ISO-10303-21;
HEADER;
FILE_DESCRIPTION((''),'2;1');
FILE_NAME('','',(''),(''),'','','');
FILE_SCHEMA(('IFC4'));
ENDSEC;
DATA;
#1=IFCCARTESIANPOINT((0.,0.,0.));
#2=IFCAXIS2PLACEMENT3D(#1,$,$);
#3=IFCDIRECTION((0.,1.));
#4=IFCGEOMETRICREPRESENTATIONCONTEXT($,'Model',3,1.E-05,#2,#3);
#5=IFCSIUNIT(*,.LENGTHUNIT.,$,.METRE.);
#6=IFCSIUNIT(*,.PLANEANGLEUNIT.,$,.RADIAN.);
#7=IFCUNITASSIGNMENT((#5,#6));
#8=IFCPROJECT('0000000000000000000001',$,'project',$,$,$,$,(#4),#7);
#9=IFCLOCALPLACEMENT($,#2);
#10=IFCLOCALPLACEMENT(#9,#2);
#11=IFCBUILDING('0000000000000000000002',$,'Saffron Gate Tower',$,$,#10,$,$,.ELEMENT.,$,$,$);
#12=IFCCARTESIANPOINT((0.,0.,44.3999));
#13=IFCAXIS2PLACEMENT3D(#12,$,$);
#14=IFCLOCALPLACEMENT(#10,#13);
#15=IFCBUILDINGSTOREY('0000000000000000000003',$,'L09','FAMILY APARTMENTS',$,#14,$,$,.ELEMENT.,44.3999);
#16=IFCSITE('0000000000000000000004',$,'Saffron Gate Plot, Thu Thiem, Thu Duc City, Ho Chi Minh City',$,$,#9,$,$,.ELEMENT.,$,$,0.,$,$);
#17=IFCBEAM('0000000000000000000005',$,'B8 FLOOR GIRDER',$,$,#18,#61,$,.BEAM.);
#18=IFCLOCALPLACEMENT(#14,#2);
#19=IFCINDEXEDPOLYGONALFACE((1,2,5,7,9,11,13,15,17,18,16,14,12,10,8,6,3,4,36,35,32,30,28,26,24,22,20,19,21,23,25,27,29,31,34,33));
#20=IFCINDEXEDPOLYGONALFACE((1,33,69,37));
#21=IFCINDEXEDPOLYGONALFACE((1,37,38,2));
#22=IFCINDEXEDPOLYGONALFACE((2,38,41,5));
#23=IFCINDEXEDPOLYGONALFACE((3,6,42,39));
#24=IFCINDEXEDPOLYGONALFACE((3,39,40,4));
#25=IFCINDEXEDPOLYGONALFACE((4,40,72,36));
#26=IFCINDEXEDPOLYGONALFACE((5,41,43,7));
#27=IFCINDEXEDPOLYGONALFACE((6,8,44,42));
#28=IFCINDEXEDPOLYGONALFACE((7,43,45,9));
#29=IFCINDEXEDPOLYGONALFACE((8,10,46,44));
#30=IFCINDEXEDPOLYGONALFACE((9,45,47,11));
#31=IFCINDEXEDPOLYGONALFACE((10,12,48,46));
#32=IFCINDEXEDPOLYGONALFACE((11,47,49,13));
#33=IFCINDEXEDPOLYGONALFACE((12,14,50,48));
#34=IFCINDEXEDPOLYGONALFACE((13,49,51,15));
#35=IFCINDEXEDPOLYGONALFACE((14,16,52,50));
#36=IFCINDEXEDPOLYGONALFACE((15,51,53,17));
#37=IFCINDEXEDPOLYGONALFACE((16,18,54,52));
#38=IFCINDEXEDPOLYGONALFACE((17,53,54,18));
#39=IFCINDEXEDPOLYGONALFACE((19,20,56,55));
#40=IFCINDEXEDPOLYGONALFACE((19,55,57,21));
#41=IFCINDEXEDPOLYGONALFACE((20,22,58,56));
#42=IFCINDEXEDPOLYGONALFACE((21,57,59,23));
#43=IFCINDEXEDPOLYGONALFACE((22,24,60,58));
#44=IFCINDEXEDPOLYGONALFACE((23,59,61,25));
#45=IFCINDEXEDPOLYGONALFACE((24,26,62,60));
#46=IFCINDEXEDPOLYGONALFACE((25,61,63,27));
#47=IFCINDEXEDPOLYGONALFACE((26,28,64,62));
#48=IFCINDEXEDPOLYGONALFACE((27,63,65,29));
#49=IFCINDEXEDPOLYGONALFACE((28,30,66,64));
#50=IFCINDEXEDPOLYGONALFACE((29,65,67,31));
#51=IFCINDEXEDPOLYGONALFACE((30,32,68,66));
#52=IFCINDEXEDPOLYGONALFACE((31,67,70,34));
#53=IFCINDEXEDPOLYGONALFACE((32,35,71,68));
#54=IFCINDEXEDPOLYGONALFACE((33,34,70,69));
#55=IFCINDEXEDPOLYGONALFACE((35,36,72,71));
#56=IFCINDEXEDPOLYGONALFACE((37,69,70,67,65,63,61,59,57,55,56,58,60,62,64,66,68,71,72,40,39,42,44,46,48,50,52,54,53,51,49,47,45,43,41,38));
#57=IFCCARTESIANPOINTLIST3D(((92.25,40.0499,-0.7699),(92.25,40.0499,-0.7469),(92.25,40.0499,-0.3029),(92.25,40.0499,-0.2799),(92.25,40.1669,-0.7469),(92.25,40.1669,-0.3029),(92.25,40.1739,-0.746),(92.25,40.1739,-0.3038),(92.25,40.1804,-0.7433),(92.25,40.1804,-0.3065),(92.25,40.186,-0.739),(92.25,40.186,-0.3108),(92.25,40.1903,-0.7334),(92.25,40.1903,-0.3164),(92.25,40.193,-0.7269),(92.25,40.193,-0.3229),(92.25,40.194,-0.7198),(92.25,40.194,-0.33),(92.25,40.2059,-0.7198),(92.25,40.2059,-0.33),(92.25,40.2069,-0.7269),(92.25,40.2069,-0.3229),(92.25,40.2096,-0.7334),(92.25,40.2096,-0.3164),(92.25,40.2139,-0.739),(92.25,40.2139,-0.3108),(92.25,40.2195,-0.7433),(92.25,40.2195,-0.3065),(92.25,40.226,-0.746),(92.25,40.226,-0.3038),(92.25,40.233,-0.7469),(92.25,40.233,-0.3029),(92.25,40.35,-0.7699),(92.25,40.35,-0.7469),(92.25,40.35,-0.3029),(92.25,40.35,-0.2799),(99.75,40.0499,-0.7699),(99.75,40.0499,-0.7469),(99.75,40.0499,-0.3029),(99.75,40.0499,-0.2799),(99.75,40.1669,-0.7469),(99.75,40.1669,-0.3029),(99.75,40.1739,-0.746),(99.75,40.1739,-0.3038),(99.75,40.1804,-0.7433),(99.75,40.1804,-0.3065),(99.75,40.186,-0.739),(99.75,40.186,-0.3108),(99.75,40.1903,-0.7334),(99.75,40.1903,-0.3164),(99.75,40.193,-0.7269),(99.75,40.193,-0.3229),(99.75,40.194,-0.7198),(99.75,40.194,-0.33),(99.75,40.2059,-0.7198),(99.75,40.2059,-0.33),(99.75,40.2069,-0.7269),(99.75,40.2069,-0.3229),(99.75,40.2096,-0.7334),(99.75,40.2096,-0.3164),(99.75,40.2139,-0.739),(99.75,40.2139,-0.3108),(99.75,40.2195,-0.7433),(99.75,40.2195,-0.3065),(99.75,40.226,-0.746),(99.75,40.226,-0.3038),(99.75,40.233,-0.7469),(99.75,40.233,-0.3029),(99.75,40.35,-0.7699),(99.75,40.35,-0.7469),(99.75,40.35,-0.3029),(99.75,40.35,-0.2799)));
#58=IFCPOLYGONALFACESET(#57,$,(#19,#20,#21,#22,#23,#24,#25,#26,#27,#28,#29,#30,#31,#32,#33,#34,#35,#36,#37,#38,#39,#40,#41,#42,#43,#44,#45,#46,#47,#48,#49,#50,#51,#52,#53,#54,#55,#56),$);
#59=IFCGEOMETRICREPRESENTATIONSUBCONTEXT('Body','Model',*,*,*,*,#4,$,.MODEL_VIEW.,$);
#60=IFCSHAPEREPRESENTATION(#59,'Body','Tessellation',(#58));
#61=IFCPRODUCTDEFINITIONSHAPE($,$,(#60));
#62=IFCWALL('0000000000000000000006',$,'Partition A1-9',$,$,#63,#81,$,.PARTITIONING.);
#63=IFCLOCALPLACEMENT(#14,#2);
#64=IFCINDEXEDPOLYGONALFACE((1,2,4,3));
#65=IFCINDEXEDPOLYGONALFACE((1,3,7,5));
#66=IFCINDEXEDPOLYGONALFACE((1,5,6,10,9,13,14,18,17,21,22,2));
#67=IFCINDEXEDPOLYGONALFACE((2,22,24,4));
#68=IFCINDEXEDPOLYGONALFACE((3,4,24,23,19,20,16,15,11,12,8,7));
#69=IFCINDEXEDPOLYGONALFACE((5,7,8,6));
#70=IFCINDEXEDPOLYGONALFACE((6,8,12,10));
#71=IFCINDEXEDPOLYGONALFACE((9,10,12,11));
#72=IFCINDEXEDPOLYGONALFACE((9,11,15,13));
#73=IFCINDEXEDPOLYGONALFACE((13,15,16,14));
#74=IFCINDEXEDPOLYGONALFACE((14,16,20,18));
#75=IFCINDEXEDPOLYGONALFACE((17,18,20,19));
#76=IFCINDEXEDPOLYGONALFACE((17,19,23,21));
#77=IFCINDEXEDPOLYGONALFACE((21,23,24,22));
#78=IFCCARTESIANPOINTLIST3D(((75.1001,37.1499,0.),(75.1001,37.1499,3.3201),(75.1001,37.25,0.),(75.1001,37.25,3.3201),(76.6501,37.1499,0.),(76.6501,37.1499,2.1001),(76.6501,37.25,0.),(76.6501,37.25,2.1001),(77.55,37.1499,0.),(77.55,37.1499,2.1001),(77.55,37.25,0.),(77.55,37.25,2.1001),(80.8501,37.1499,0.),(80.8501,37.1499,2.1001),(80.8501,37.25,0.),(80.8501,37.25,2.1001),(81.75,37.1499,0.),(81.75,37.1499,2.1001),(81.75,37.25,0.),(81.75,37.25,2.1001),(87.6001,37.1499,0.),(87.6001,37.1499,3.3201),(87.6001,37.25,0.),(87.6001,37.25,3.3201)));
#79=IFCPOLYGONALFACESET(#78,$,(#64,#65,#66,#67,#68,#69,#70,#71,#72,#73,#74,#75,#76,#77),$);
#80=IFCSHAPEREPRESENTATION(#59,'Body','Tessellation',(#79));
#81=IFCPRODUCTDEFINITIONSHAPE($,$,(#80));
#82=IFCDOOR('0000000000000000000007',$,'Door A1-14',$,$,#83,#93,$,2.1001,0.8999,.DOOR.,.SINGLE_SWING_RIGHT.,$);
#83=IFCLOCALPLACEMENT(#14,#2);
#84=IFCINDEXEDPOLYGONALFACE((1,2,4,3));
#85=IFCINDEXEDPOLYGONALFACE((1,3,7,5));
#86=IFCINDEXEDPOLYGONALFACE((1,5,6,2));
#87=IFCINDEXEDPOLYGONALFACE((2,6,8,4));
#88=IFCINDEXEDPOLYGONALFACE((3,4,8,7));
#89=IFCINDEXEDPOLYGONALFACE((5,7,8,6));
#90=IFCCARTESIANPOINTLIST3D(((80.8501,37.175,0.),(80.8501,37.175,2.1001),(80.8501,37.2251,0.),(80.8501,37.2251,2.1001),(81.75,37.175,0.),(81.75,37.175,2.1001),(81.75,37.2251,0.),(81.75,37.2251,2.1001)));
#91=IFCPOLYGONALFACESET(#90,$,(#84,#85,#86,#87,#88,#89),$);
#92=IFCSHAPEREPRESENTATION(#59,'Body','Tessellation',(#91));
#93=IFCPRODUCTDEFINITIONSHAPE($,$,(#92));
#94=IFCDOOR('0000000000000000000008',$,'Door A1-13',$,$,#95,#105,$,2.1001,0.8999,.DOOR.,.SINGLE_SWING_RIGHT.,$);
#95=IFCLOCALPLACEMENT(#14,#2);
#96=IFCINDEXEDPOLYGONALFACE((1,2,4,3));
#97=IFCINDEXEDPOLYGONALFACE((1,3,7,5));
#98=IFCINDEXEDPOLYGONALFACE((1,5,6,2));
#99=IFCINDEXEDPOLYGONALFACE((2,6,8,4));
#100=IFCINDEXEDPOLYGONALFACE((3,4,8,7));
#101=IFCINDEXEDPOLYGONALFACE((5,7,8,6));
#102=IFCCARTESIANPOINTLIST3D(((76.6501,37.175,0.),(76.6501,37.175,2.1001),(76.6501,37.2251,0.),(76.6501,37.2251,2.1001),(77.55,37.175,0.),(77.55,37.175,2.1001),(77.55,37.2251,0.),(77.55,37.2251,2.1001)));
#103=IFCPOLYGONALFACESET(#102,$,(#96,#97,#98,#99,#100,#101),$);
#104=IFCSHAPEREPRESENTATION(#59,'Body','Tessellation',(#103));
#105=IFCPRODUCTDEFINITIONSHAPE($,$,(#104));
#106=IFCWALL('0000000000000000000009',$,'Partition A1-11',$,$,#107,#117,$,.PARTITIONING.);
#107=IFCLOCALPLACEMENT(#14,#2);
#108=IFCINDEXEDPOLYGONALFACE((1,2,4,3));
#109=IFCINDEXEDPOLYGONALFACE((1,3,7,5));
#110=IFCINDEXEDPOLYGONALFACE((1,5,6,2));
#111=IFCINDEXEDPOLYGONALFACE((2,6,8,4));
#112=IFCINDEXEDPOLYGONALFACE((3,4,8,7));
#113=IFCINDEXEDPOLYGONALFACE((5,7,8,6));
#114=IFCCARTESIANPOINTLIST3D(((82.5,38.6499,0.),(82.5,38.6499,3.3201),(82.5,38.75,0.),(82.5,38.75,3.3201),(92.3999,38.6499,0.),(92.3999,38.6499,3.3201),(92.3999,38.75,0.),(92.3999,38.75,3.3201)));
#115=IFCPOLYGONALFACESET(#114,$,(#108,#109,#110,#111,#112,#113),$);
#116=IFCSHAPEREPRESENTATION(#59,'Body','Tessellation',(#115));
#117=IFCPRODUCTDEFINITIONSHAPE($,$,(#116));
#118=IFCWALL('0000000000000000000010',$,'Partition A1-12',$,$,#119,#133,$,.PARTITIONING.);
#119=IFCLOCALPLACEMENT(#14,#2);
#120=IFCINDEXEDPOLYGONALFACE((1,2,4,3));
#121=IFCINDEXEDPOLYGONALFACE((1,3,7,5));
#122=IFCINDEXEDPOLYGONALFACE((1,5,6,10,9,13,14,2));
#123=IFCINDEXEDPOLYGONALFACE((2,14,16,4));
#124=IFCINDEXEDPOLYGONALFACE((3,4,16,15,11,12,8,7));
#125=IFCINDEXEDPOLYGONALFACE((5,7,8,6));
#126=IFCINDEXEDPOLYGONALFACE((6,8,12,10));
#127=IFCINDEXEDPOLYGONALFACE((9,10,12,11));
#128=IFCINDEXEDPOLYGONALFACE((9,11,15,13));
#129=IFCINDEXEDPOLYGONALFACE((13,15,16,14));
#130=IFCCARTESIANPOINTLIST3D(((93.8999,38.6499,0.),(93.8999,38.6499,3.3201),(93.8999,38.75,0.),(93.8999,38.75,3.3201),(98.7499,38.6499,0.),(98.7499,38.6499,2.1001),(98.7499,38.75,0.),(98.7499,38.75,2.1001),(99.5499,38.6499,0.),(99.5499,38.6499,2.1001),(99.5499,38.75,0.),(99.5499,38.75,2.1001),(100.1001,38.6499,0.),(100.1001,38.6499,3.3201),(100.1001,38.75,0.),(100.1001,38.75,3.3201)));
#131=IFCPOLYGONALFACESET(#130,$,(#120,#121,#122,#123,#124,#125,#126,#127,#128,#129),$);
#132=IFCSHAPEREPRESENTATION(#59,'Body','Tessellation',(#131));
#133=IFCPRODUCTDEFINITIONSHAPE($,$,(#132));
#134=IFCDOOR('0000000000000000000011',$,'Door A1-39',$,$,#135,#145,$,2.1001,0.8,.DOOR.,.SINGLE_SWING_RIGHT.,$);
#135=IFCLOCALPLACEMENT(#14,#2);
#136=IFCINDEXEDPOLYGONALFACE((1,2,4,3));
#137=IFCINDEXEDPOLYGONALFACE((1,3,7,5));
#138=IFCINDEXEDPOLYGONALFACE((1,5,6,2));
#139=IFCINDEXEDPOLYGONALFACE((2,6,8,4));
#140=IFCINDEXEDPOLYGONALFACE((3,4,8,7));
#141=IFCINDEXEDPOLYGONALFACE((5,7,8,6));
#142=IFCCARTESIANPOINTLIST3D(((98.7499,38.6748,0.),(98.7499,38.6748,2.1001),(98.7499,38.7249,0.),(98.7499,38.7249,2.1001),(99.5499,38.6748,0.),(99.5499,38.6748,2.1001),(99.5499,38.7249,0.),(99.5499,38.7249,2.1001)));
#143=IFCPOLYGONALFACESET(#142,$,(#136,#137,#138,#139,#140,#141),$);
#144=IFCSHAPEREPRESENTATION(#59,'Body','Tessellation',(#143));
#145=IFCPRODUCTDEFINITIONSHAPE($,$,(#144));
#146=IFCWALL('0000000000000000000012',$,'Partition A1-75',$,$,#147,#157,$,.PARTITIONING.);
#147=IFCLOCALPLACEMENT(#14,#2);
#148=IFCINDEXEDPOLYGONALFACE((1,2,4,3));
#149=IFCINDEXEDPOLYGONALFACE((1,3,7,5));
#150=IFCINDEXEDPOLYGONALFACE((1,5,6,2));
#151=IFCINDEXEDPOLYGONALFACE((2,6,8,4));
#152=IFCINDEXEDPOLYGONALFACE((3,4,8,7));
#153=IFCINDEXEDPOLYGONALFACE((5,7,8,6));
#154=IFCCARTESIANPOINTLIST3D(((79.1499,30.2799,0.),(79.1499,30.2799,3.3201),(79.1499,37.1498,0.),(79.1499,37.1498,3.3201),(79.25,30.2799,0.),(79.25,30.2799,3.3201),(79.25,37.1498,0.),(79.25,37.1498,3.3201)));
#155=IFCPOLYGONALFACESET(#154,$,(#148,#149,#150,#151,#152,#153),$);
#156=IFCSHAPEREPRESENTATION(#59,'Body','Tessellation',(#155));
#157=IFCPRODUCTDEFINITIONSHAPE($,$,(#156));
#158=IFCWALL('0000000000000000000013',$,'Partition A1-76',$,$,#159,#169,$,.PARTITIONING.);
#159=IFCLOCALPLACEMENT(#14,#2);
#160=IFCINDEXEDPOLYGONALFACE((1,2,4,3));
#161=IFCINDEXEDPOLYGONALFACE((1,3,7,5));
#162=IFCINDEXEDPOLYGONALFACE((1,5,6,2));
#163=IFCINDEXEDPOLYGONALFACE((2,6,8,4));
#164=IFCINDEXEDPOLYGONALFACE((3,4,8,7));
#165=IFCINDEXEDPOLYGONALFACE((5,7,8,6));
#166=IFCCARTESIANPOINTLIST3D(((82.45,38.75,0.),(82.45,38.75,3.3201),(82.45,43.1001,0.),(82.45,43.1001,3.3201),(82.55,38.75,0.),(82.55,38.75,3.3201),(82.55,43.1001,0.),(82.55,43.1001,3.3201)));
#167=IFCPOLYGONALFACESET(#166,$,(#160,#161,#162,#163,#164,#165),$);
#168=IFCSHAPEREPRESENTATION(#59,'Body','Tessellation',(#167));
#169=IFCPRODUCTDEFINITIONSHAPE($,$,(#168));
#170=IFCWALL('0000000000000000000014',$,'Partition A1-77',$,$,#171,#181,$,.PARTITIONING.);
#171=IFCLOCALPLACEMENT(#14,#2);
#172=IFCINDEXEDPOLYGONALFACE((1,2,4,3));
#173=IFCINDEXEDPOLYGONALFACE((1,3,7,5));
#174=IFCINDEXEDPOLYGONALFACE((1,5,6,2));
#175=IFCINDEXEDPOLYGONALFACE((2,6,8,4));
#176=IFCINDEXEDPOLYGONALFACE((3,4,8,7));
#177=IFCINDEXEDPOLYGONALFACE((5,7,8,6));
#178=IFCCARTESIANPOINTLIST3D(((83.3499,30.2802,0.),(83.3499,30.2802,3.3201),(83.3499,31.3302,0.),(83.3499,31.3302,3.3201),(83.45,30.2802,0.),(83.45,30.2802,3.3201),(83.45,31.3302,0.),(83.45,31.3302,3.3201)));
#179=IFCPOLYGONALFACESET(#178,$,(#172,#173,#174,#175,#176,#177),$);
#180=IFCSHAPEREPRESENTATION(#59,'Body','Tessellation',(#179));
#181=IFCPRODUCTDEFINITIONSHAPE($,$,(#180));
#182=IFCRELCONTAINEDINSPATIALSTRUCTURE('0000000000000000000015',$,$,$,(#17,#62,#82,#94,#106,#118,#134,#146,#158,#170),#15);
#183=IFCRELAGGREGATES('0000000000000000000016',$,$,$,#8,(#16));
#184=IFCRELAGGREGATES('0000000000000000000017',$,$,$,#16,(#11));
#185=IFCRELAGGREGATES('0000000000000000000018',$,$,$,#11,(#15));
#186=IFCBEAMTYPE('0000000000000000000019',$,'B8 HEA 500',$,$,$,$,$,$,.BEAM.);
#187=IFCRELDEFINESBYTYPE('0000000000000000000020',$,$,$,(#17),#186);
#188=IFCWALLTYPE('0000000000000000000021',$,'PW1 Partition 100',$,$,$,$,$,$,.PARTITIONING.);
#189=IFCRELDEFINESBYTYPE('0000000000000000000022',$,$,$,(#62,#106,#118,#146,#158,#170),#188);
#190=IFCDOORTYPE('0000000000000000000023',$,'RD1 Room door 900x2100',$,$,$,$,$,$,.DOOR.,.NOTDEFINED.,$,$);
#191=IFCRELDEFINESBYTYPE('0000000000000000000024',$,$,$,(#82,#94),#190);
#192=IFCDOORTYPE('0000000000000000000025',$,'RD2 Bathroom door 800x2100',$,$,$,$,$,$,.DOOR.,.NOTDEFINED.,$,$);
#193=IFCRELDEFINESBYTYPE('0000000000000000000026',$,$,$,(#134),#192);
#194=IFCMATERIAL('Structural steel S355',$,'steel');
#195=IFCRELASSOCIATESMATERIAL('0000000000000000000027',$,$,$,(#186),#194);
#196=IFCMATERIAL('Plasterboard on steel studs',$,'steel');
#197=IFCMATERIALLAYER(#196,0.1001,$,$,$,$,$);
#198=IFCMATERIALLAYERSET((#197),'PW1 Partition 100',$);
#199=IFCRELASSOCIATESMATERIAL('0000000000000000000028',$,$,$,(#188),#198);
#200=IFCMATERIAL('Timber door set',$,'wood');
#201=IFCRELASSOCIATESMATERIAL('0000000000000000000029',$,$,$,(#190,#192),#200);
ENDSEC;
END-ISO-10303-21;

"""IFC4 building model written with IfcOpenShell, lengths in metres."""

from ifc_helpers import new_model, si_unit, direction, frame, frame_2d, origin, origin_2d, place, context, subcontext, project, spatial, rectangle, i_section, extrude, material, layer, layer_set, material_profile, profile_set, type_object, element, fill, save


model = new_model("IFC4")

# Units and contexts
model_context = context("Model", 3, precision=1e-05, world=origin(), true_north=direction((0.0, 1.0)))
body_context = subcontext(model_context, "Body", "Model", "MODEL_VIEW")
ifc_project = project(units=[si_unit("LENGTHUNIT", "METRE"), si_unit("PLANEANGLEUNIT", "RADIAN")], contexts=[model_context])

# Site, building, storey
site_placement = place(None, origin())
site = spatial("IfcSite", under=ifc_project, at=site_placement, Name="Saffron Gate Plot, Thu Thiem, Thu Duc City, Ho Chi Minh City", CompositionType="ELEMENT", RefElevation=0.0)
building_placement = place(site_placement, origin())
building = spatial("IfcBuilding", under=site, at=building_placement, Name="Saffron Gate Tower", CompositionType="ELEMENT")
storey_placement = place(building_placement, frame((0.0, 0.0, 44.3999)))
storey = spatial("IfcBuildingStorey", under=building, at=storey_placement, Name="L09", Description="FAMILY APARTMENTS", CompositionType="ELEMENT", Elevation=44.3999)

# Beam
ifc_material_1 = material(Name="Structural steel S355", Category="steel")
ifc_material_profile_1 = material_profile(ifc_material_1, i_section(OverallWidth=0.3, OverallDepth=0.49, WebThickness=0.012, FlangeThickness=0.0229, FilletRadius=0.0271, at=origin_2d()))
ifc_profile_set_1 = profile_set([ifc_material_profile_1], Name="Structural steel S355")
beam_type_1 = type_object("IfcBeamType", Name="B8 HEA 500", PredefinedType="BEAM", material=ifc_profile_set_1)
for number, where, z_axis, x_axis, name in (
    (1, (92.25, 40.2, -0.5249), (1.0, 0.0, 0.0), (0.0, 1.0, 0.0), "B8 FLOOR GIRDER"),
):
    element("IfcBeam", number, at=place(storey_placement, frame(where, z_axis=z_axis, x_axis=x_axis)), inside=storey, type_object=beam_type_1, Name=name, PredefinedType="BEAM", context=body_context, shape_type="SweptSolid", body=[
        extrude(i_section(OverallWidth=0.3, OverallDepth=0.49, WebThickness=0.012, FlangeThickness=0.0229, FilletRadius=0.0271, at=origin_2d()), origin(), (0.0, 0.0, 1.0), 7.5),
    ])

# Wall, openings, doors
ifc_material_2 = material(Name="Plasterboard on steel studs", Category="steel")
ifc_layer_1 = layer(ifc_material_2, 0.1001)
ifc_layer_set_1 = layer_set([ifc_layer_1], Name="PW1 Partition 100")
wall_type = type_object("IfcWallType", Name="PW1 Partition 100", PredefinedType="PARTITIONING", material=ifc_layer_set_1)
wall_1_placement = place(storey_placement, frame((87.6001, 37.2, 0.0), z_axis=(0.0, 0.0, 1.0), x_axis=(-1.0, 0.0, 0.0)))
wall_1 = element("IfcWall", 2, at=wall_1_placement, inside=storey, type_object=wall_type, Name="Partition A1-9", PredefinedType="PARTITIONING", context=body_context, shape_type="SweptSolid", body=[
    extrude(rectangle(XDim=12.5, YDim=0.1001, at=frame_2d((6.25, 0.0))), origin(), (0.0, 0.0, 1.0), 3.3201),
])
opening_1_placement = place(wall_1_placement, frame((5.8501, 0.0, 0.0)))
opening_1 = element("IfcOpeningElement", 3, at=opening_1_placement, cuts=wall_1, PredefinedType="OPENING", context=body_context, shape_type="SweptSolid", body=[
    extrude(rectangle(XDim=0.8999, YDim=2.1001, at=frame_2d((0.45, 1.05))), frame((0.0, 0.0601, 0.0), z_axis=(0.0, -1.0, 0.0), x_axis=(1.0, 0.0, 0.0)), (0.0, 0.0, 1.0), 0.1201),
])
opening_2_placement = place(wall_1_placement, frame((10.05, 0.0, 0.0)))
opening_2 = element("IfcOpeningElement", 4, at=opening_2_placement, cuts=wall_1, PredefinedType="OPENING", context=body_context, shape_type="SweptSolid", body=[
    extrude(rectangle(XDim=0.8999, YDim=2.1001, at=frame_2d((0.45, 1.05))), frame((0.0, 0.0601, 0.0), z_axis=(0.0, -1.0, 0.0), x_axis=(1.0, 0.0, 0.0)), (0.0, 0.0, 1.0), 0.1201),
])
ifc_material_3 = material(Name="Timber door set", Category="wood")
door_type_1 = type_object("IfcDoorType", Name="RD1 Room door 900x2100", OperationType="NOTDEFINED", PredefinedType="DOOR", material=ifc_material_3)
door_1_placement = place(opening_1_placement, origin())
door_1 = element("IfcDoor", 5, at=door_1_placement, inside=storey, type_object=door_type_1, Name="Door A1-14", OperationType="SINGLE_SWING_RIGHT", OverallHeight=2.1001, OverallWidth=0.8999, PredefinedType="DOOR", context=body_context, shape_type="SweptSolid", body=[
    extrude(rectangle(XDim=0.8999, YDim=2.1001, at=frame_2d((0.45, 1.05))), frame((0.0, 0.0249, 0.0), z_axis=(0.0, -1.0, 0.0), x_axis=(1.0, 0.0, 0.0)), (0.0, 0.0, 1.0), 0.05),
])
fill(opening_1, door_1)
door_2_placement = place(opening_2_placement, origin())
door_2 = element("IfcDoor", 6, at=door_2_placement, inside=storey, type_object=door_type_1, Name="Door A1-13", OperationType="SINGLE_SWING_RIGHT", OverallHeight=2.1001, OverallWidth=0.8999, PredefinedType="DOOR", context=body_context, shape_type="SweptSolid", body=[
    extrude(rectangle(XDim=0.8999, YDim=2.1001, at=frame_2d((0.45, 1.05))), frame((0.0, 0.0249, 0.0), z_axis=(0.0, -1.0, 0.0), x_axis=(1.0, 0.0, 0.0)), (0.0, 0.0, 1.0), 0.05),
])
fill(opening_2, door_2)

# Wall
wall_2_placement = place(storey_placement, frame((82.5, 38.7, 0.0), z_axis=(0.0, 0.0, 1.0), x_axis=(1.0, 0.0, 0.0)))
element("IfcWall", 7, at=wall_2_placement, inside=storey, type_object=wall_type, Name="Partition A1-11", PredefinedType="PARTITIONING", context=body_context, shape_type="SweptSolid", body=[
    extrude(rectangle(XDim=9.8999, YDim=0.1001, at=frame_2d((4.95, 0.0))), origin(), (0.0, 0.0, 1.0), 3.3201),
])

# Wall, opening, door
wall_3_placement = place(storey_placement, frame((93.8999, 38.7, 0.0), z_axis=(0.0, 0.0, 1.0), x_axis=(1.0, 0.0, 0.0)))
wall_3 = element("IfcWall", 8, at=wall_3_placement, inside=storey, type_object=wall_type, Name="Partition A1-12", PredefinedType="PARTITIONING", context=body_context, shape_type="SweptSolid", body=[
    extrude(rectangle(XDim=6.2002, YDim=0.1001, at=frame_2d((3.1001, 0.0))), origin(), (0.0, 0.0, 1.0), 3.3201),
])
opening_3_placement = place(wall_3_placement, frame((4.8501, 0.0, 0.0)))
opening_3 = element("IfcOpeningElement", 9, at=opening_3_placement, cuts=wall_3, PredefinedType="OPENING", context=body_context, shape_type="SweptSolid", body=[
    extrude(rectangle(XDim=0.8, YDim=2.1001, at=frame_2d((0.3999, 1.05))), frame((0.0, 0.0601, 0.0), z_axis=(0.0, -1.0, 0.0), x_axis=(1.0, 0.0, 0.0)), (0.0, 0.0, 1.0), 0.1201),
])
door_type_2 = type_object("IfcDoorType", Name="RD2 Bathroom door 800x2100", OperationType="NOTDEFINED", PredefinedType="DOOR", material=ifc_material_3)
door_3_placement = place(opening_3_placement, origin())
door_3 = element("IfcDoor", 10, at=door_3_placement, inside=storey, type_object=door_type_2, Name="Door A1-39", OperationType="SINGLE_SWING_RIGHT", OverallHeight=2.1001, OverallWidth=0.8, PredefinedType="DOOR", context=body_context, shape_type="SweptSolid", body=[
    extrude(rectangle(XDim=0.8, YDim=2.1001, at=frame_2d((0.3999, 1.05))), frame((0.0, 0.0249, 0.0), z_axis=(0.0, -1.0, 0.0), x_axis=(1.0, 0.0, 0.0)), (0.0, 0.0, 1.0), 0.05),
])
fill(opening_3, door_3)

# Walls
wall_4_placement = place(storey_placement, frame((79.2, 37.1499, 0.0), z_axis=(0.0, 0.0, 1.0), x_axis=(0.0, -1.0, 0.0)))
element("IfcWall", 11, at=wall_4_placement, inside=storey, type_object=wall_type, Name="Partition A1-75", PredefinedType="PARTITIONING", context=body_context, shape_type="SweptSolid", body=[
    extrude(rectangle(XDim=6.8699, YDim=0.1001, at=frame_2d((3.4351, 0.0))), origin(), (0.0, 0.0, 1.0), 3.3201),
])
wall_5_placement = place(storey_placement, frame((82.5, 43.1001, 0.0), z_axis=(0.0, 0.0, 1.0), x_axis=(0.0, -1.0, 0.0)))
element("IfcWall", 12, at=wall_5_placement, inside=storey, type_object=wall_type, Name="Partition A1-76", PredefinedType="PARTITIONING", context=body_context, shape_type="SweptSolid", body=[
    extrude(rectangle(XDim=4.3501, YDim=0.1001, at=frame_2d((2.175, 0.0))), origin(), (0.0, 0.0, 1.0), 3.3201),
])
wall_6_placement = place(storey_placement, frame((83.3999, 31.3301, 0.0), z_axis=(0.0, 0.0, 1.0), x_axis=(0.0, -1.0, 0.0)))
element("IfcWall", 13, at=wall_6_placement, inside=storey, type_object=wall_type, Name="Partition A1-77", PredefinedType="PARTITIONING", context=body_context, shape_type="SweptSolid", body=[
    extrude(rectangle(XDim=1.05, YDim=0.1001, at=frame_2d((0.5249, 0.0))), origin(), (0.0, 0.0, 1.0), 3.3201),
])

save(model, "model.ifc")
